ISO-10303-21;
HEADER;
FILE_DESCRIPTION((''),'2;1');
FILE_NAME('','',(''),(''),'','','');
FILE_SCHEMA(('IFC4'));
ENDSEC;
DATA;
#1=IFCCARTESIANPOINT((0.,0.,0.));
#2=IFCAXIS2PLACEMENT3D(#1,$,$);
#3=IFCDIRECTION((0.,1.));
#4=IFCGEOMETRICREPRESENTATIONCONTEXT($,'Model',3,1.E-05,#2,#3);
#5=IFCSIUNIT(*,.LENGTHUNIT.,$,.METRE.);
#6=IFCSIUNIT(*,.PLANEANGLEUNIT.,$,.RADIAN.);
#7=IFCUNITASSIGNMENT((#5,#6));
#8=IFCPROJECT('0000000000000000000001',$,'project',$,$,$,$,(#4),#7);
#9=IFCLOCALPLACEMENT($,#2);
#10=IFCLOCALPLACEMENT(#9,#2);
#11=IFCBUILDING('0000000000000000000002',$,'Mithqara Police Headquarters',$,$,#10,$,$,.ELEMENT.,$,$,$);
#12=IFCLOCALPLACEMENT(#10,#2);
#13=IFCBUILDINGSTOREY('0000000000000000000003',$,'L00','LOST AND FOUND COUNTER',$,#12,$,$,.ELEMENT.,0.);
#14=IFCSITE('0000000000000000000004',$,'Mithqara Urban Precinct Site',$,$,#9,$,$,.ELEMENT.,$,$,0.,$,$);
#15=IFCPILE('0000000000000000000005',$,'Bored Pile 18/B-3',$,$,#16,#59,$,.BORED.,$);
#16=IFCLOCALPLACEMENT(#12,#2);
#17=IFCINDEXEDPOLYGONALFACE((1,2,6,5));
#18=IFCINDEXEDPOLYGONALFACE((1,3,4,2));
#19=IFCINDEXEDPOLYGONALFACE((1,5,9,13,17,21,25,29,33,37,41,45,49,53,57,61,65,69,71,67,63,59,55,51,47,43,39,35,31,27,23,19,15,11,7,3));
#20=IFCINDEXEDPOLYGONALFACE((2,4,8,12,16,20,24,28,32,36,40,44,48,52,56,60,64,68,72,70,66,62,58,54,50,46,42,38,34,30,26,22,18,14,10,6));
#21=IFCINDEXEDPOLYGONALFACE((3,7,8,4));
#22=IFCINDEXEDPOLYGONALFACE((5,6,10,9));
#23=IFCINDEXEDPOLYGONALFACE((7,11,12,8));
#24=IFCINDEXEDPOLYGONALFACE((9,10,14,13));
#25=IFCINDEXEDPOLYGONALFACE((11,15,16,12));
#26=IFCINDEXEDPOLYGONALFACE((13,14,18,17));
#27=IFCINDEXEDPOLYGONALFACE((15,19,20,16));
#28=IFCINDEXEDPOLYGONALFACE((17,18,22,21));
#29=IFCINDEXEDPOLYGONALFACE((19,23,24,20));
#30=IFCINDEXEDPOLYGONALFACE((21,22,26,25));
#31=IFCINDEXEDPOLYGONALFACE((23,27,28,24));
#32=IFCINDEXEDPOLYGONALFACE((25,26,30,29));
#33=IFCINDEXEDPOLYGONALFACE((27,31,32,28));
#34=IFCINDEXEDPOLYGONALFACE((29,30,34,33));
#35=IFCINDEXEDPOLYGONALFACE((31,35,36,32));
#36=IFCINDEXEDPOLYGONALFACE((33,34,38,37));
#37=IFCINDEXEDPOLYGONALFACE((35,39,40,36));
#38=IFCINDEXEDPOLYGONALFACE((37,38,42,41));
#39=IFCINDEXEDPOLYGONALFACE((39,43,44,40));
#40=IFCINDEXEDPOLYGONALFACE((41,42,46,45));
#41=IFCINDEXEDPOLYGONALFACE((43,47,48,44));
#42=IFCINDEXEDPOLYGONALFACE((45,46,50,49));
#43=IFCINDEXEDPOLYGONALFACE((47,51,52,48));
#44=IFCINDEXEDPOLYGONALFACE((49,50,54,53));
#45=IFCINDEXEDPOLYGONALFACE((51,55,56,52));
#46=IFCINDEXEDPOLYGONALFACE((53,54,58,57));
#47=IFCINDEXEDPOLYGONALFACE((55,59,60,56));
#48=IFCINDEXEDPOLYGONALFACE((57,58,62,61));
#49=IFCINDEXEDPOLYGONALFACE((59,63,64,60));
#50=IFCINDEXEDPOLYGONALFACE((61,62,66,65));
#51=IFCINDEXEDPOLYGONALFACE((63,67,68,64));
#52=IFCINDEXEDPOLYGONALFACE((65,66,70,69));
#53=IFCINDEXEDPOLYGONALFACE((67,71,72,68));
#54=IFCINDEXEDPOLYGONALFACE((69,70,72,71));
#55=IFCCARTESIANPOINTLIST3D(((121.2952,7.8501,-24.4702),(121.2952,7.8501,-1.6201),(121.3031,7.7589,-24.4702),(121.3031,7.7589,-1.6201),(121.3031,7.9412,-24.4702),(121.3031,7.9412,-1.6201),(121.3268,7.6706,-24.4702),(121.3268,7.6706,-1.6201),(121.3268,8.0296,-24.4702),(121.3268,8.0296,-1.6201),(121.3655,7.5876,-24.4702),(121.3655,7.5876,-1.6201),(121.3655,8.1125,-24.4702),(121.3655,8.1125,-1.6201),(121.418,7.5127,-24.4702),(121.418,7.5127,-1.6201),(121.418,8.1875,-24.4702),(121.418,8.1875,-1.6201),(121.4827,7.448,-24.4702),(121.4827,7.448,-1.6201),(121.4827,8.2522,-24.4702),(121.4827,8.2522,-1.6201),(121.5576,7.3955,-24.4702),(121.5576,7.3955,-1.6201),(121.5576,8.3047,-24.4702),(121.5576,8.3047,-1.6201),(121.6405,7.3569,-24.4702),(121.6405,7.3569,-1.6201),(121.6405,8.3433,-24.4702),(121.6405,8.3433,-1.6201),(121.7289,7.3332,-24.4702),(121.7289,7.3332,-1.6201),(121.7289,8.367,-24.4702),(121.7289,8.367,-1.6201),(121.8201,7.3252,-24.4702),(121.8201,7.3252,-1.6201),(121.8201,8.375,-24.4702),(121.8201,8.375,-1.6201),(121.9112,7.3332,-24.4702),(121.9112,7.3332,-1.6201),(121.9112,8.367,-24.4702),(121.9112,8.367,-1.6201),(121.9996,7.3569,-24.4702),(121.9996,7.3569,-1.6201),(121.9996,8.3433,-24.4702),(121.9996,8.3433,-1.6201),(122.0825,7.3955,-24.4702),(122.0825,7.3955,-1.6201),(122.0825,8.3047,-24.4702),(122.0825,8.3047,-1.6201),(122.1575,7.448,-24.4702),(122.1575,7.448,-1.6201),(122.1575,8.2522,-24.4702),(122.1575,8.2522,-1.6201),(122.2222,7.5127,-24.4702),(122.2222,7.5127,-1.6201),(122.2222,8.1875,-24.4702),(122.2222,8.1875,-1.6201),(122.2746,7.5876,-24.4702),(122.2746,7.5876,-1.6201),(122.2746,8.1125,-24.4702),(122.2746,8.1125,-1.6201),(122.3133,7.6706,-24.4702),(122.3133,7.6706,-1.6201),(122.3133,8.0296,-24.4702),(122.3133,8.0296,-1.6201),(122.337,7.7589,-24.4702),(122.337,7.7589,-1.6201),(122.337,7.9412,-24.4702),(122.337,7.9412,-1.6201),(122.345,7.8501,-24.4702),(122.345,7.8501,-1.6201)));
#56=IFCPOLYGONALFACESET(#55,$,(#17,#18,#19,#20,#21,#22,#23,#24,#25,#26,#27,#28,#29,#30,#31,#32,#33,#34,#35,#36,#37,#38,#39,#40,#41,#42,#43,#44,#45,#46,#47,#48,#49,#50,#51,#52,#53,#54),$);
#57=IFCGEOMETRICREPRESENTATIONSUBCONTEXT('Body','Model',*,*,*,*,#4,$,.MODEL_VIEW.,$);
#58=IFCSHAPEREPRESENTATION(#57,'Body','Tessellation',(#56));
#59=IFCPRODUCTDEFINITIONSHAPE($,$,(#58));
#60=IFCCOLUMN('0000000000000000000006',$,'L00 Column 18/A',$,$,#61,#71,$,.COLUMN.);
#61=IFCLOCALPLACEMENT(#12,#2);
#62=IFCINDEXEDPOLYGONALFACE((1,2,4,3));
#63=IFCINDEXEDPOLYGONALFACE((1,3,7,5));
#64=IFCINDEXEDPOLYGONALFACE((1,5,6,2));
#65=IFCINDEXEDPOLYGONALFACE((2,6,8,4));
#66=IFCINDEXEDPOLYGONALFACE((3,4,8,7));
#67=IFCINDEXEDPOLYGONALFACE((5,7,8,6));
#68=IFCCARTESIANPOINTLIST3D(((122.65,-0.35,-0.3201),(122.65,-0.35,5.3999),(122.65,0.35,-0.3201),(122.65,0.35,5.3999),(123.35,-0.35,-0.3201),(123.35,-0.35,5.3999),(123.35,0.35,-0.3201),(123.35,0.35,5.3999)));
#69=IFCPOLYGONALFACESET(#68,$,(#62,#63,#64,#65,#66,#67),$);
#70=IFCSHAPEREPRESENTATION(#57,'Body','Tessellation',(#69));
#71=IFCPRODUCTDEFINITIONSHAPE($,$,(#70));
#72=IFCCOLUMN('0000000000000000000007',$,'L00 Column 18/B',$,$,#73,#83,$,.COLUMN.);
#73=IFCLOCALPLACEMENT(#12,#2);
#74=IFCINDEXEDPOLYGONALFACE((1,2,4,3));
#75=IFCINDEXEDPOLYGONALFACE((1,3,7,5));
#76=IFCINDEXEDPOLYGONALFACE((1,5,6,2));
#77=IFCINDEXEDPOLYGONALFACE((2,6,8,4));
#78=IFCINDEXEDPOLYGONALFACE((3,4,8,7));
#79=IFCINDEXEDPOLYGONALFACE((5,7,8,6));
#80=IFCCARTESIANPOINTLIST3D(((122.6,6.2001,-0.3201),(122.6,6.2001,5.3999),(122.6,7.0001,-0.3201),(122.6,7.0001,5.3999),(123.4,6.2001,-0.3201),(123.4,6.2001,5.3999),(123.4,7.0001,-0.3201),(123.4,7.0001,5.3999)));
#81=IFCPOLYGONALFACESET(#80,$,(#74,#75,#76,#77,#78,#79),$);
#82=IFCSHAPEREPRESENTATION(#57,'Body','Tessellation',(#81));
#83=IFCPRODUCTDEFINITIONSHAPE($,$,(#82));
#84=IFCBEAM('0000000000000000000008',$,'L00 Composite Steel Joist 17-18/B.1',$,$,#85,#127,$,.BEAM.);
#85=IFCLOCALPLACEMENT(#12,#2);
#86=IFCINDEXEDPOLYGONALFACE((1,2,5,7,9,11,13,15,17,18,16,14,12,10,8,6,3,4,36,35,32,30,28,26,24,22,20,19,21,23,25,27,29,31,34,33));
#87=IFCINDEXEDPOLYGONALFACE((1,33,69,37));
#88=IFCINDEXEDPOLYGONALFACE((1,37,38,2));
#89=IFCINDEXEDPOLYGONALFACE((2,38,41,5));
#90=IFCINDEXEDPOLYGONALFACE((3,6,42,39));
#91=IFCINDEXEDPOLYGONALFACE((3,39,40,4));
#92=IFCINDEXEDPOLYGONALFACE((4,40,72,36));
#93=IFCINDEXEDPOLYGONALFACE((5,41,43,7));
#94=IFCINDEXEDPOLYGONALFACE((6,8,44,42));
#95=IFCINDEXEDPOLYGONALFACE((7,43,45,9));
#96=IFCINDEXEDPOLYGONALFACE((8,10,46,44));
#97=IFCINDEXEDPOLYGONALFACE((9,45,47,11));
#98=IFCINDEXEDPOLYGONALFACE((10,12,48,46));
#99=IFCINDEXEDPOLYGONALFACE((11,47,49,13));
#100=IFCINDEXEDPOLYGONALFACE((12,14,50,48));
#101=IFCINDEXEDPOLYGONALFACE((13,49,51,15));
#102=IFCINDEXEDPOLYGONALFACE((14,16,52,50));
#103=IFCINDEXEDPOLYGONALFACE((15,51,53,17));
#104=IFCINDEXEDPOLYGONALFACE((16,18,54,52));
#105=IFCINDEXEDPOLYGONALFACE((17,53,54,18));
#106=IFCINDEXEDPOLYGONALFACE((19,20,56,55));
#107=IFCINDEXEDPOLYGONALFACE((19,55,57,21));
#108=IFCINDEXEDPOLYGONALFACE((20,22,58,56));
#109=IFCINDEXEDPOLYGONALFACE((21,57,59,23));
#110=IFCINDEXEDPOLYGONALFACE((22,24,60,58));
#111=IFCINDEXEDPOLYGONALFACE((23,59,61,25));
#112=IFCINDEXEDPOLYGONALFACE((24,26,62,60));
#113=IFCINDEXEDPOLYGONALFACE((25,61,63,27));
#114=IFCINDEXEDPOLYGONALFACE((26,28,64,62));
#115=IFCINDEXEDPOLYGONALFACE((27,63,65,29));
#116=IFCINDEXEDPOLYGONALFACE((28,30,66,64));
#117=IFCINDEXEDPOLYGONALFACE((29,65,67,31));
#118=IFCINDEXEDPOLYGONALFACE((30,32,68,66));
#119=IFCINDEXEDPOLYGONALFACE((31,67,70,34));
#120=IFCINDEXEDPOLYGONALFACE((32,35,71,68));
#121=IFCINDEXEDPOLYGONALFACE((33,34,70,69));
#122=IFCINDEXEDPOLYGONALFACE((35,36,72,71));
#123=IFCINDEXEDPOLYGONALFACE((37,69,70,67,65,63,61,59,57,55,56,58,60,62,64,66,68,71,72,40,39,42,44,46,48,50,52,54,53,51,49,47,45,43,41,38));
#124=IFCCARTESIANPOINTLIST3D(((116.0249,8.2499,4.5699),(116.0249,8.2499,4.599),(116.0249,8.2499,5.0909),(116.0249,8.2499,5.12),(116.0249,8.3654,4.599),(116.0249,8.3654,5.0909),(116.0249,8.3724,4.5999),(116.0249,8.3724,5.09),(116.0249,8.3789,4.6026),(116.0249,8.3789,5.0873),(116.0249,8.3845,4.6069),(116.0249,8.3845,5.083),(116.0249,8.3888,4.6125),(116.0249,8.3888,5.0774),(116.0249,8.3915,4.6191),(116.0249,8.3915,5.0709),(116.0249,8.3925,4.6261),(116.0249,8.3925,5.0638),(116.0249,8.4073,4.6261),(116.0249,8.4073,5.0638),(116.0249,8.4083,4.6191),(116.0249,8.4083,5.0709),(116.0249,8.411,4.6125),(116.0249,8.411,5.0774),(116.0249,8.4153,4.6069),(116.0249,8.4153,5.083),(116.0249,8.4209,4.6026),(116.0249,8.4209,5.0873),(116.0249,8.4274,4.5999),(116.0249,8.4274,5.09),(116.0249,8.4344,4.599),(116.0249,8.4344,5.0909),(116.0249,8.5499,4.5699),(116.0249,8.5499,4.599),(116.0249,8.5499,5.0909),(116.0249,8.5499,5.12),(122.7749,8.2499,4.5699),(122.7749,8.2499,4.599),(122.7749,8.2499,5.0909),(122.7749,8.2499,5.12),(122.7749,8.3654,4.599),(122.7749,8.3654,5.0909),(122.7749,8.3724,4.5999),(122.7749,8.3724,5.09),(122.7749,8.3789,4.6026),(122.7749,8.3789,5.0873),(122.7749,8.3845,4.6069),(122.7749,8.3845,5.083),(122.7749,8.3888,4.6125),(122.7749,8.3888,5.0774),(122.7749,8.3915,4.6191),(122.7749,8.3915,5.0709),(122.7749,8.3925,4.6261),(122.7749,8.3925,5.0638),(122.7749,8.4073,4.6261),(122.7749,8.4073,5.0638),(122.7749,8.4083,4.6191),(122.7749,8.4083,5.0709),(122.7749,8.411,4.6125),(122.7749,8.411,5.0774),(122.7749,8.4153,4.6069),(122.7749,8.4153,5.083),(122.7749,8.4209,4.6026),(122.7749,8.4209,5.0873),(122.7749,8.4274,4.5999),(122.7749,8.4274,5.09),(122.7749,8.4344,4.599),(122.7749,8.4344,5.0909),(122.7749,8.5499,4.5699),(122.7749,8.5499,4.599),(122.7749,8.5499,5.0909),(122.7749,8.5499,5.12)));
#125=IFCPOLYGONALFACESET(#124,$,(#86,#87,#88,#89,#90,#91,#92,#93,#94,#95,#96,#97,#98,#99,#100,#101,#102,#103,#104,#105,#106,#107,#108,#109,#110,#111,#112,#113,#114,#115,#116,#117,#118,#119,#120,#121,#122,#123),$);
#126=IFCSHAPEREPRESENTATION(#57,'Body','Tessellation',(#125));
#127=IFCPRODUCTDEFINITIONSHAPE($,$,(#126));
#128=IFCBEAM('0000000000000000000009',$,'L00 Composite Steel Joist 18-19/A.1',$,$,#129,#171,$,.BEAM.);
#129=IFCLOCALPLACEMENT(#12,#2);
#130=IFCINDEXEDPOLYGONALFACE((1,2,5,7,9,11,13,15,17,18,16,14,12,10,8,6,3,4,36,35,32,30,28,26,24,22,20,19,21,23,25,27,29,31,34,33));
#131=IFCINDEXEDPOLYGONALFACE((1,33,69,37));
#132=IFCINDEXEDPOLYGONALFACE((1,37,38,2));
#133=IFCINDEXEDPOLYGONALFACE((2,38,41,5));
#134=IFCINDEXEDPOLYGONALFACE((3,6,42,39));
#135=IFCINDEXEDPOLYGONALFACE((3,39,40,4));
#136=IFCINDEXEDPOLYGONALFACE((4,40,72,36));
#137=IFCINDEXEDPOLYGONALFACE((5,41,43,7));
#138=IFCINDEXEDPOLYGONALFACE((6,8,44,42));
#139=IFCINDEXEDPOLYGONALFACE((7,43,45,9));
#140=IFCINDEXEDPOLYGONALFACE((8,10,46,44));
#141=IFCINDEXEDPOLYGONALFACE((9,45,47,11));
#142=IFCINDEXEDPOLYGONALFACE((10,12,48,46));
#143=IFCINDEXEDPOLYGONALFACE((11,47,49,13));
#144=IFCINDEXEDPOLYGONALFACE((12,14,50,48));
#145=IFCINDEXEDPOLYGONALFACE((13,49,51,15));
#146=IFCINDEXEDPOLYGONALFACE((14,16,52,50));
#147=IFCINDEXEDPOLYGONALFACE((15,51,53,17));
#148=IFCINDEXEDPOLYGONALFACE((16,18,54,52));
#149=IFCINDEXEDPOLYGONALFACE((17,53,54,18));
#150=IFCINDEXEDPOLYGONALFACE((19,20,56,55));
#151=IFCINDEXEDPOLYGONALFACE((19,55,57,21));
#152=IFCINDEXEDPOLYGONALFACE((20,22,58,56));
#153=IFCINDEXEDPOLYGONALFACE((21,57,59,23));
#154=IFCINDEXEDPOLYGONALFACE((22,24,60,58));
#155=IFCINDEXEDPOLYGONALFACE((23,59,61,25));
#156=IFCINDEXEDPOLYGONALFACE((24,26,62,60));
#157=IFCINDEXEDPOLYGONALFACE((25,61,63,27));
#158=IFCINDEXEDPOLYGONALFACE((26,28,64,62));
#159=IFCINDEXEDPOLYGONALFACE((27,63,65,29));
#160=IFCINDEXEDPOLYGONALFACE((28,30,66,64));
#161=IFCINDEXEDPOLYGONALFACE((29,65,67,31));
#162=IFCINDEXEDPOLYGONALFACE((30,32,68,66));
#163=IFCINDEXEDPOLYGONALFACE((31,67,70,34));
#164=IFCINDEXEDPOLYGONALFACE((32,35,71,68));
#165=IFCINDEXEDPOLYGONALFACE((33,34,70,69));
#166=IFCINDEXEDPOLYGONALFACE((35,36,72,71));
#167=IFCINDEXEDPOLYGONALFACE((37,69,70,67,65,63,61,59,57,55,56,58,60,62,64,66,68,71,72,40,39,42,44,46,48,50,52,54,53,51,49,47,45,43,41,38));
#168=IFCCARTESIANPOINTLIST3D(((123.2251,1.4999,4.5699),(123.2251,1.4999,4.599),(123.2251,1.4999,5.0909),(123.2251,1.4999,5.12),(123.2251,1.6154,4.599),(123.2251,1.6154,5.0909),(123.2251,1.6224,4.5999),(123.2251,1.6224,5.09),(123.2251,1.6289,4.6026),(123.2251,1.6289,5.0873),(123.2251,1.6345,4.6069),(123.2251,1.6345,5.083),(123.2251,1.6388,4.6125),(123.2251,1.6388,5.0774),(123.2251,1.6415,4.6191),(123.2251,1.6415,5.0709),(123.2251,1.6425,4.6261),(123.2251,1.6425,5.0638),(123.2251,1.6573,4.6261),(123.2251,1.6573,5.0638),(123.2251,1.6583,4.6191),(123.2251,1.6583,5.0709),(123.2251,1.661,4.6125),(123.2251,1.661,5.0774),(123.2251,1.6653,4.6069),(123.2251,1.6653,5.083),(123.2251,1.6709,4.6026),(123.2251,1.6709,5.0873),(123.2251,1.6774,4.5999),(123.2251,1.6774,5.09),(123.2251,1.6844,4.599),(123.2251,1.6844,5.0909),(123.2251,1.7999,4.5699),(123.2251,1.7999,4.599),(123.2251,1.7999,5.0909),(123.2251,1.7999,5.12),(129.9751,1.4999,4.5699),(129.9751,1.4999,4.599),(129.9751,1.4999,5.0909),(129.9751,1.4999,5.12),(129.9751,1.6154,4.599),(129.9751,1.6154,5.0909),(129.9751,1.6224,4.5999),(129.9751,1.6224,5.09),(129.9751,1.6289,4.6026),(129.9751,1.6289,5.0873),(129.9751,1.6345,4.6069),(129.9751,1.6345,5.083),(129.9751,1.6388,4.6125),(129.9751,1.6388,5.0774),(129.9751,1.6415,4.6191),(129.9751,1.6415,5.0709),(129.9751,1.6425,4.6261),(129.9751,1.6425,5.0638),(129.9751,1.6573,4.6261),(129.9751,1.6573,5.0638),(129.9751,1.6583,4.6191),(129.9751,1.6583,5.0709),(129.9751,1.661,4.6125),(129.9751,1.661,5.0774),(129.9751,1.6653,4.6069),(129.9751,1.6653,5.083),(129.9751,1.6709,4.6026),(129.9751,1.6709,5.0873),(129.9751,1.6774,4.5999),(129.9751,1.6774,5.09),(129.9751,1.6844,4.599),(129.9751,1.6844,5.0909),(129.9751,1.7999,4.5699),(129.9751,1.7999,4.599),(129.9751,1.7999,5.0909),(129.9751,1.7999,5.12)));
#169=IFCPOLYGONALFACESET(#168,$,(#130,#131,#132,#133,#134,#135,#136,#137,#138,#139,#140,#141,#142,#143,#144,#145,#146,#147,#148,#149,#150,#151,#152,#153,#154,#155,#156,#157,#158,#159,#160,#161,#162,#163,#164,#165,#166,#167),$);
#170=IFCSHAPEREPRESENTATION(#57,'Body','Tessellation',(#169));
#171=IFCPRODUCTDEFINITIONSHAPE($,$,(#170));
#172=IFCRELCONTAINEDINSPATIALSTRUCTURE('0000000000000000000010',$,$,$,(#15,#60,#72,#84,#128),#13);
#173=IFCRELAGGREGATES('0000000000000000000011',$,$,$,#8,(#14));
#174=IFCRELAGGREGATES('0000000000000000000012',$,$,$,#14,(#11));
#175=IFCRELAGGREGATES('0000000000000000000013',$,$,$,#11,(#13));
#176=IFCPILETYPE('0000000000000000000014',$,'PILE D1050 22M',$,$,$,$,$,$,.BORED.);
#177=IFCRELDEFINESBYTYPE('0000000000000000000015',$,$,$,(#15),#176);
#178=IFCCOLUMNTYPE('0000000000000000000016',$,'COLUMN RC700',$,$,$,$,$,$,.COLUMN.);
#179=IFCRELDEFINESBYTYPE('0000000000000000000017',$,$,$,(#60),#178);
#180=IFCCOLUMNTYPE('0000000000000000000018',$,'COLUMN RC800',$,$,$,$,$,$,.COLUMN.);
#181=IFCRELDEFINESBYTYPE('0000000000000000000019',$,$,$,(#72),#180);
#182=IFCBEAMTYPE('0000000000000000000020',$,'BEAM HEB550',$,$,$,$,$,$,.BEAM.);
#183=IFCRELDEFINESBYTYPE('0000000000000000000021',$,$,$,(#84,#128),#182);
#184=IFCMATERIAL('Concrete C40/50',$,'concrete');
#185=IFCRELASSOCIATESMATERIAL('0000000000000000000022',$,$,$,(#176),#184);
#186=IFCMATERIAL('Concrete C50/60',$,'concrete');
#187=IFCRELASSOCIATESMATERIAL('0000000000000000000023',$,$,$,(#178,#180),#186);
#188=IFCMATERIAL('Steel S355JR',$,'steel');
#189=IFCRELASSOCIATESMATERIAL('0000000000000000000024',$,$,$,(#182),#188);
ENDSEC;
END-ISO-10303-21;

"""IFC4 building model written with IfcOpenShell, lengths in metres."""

from ifc_helpers import new_model, si_unit, direction, frame, origin, origin_2d, place, context, subcontext, project, spatial, rectangle, circle, i_section, extrude, material, material_profile, profile_set, type_object, element, save


model = new_model("IFC4")

# Units and contexts
model_context = context("Model", 3, precision=1e-05, world=origin(), true_north=direction((0.0, 1.0)))
body_context = subcontext(model_context, "Body", "Model", "MODEL_VIEW")
ifc_project = project(units=[si_unit("LENGTHUNIT", "METRE"), si_unit("PLANEANGLEUNIT", "RADIAN")], contexts=[model_context])

# Site, building, storey
site_placement = place(None, origin())
site = spatial("IfcSite", under=ifc_project, at=site_placement, Name="Mithqara Urban Precinct Site", CompositionType="ELEMENT", RefElevation=0.0)
building_placement = place(site_placement, origin())
building = spatial("IfcBuilding", under=site, at=building_placement, Name="Mithqara Police Headquarters", CompositionType="ELEMENT")
storey_placement = place(building_placement, origin())
storey = spatial("IfcBuildingStorey", under=building, at=storey_placement, Name="L00", Description="LOST AND FOUND COUNTER", CompositionType="ELEMENT", Elevation=0.0)

# Shared definitions
ifc_material_1 = material(Name="Concrete C40/50", Category="concrete")

# Pile
ifc_material_profile_1 = material_profile(ifc_material_1, circle(Radius=0.5249, at=origin_2d()), Name="PILE D1050")
ifc_profile_set_1 = profile_set([ifc_material_profile_1], Name="Concrete C40/50")
pile_type = type_object("IfcPileType", Name="PILE D1050 22M", PredefinedType="BORED", material=ifc_profile_set_1)
for number, where, z_axis, x_axis, name in (
    (1, (121.8201, 7.8501, -1.6201), (0.0, 0.0, -1.0), (1.0, 0.0, 0.0), "Bored Pile 18/B-3"),
):
    element("IfcPile", number, at=place(storey_placement, frame(where, z_axis=z_axis, x_axis=x_axis)), inside=storey, type_object=pile_type, Name=name, PredefinedType="BORED", context=body_context, shape_type="SweptSolid", body=[
        extrude(circle(Radius=0.5249, at=origin_2d()), origin(), (0.0, 0.0, 1.0), 22.8501),
    ])

# Columns
ifc_material_2 = material(Name="Concrete C50/60", Category="concrete")
ifc_material_profile_2 = material_profile(ifc_material_2, rectangle(XDim=0.7, YDim=0.7, at=origin_2d()), Name="RC 700x700")
ifc_profile_set_2 = profile_set([ifc_material_profile_2], Name="Concrete C50/60")
column_type_1 = type_object("IfcColumnType", Name="COLUMN RC700", PredefinedType="COLUMN", material=ifc_profile_set_2)
column_1_placement = place(storey_placement, frame((123.0, 0.0, -0.3201), z_axis=(0.0, 0.0, 1.0), x_axis=(1.0, 0.0, 0.0)))
element("IfcColumn", 2, at=column_1_placement, inside=storey, type_object=column_type_1, Name="L00 Column 18/A", PredefinedType="COLUMN", context=body_context, shape_type="SweptSolid", body=[
    extrude(rectangle(XDim=0.7, YDim=0.7, at=origin_2d()), origin(), (0.0, 0.0, 1.0), 5.72),
])
ifc_material_profile_3 = material_profile(ifc_material_2, rectangle(XDim=0.8, YDim=0.8, at=origin_2d()), Name="RC 800x800")
ifc_profile_set_3 = profile_set([ifc_material_profile_3], Name="Concrete C50/60")
column_type_2 = type_object("IfcColumnType", Name="COLUMN RC800", PredefinedType="COLUMN", material=ifc_profile_set_3)
column_2_placement = place(storey_placement, frame((123.0, 6.6001, -0.3201), z_axis=(0.0, 0.0, 1.0), x_axis=(1.0, 0.0, 0.0)))
element("IfcColumn", 3, at=column_2_placement, inside=storey, type_object=column_type_2, Name="L00 Column 18/B", PredefinedType="COLUMN", context=body_context, shape_type="SweptSolid", body=[
    extrude(rectangle(XDim=0.8, YDim=0.8, at=origin_2d()), origin(), (0.0, 0.0, 1.0), 5.72),
])

# Beams
ifc_material_3 = material(Name="Steel S355JR", Category="steel")
ifc_material_profile_4 = material_profile(ifc_material_3, i_section(OverallWidth=0.3, OverallDepth=0.55, WebThickness=0.0149, FlangeThickness=0.0291, FilletRadius=0.0271, at=origin_2d()), Name="HEB 550")
ifc_profile_set_4 = profile_set([ifc_material_profile_4], Name="Steel S355JR")
beam_type_1 = type_object("IfcBeamType", Name="BEAM HEB550", PredefinedType="BEAM", material=ifc_profile_set_4)
for number, where, z_axis, x_axis, name in (
    (4, (116.0249, 8.3999, 4.845), (1.0, 0.0, 0.0), (0.0, 1.0, 0.0), "L00 Composite Steel Joist 17-18/B.1"),
    (5, (123.2251, 1.6499, 4.845), (1.0, 0.0, 0.0), (0.0, 1.0, 0.0), "L00 Composite Steel Joist 18-19/A.1"),
):
    element("IfcBeam", number, at=place(storey_placement, frame(where, z_axis=z_axis, x_axis=x_axis)), inside=storey, type_object=beam_type_1, Name=name, PredefinedType="BEAM", context=body_context, shape_type="SweptSolid", body=[
        extrude(i_section(OverallWidth=0.3, OverallDepth=0.55, WebThickness=0.0149, FlangeThickness=0.0291, FilletRadius=0.0271, at=origin_2d()), origin(), (0.0, 0.0, 1.0), 6.75),
    ])

save(model, "model.ifc")
